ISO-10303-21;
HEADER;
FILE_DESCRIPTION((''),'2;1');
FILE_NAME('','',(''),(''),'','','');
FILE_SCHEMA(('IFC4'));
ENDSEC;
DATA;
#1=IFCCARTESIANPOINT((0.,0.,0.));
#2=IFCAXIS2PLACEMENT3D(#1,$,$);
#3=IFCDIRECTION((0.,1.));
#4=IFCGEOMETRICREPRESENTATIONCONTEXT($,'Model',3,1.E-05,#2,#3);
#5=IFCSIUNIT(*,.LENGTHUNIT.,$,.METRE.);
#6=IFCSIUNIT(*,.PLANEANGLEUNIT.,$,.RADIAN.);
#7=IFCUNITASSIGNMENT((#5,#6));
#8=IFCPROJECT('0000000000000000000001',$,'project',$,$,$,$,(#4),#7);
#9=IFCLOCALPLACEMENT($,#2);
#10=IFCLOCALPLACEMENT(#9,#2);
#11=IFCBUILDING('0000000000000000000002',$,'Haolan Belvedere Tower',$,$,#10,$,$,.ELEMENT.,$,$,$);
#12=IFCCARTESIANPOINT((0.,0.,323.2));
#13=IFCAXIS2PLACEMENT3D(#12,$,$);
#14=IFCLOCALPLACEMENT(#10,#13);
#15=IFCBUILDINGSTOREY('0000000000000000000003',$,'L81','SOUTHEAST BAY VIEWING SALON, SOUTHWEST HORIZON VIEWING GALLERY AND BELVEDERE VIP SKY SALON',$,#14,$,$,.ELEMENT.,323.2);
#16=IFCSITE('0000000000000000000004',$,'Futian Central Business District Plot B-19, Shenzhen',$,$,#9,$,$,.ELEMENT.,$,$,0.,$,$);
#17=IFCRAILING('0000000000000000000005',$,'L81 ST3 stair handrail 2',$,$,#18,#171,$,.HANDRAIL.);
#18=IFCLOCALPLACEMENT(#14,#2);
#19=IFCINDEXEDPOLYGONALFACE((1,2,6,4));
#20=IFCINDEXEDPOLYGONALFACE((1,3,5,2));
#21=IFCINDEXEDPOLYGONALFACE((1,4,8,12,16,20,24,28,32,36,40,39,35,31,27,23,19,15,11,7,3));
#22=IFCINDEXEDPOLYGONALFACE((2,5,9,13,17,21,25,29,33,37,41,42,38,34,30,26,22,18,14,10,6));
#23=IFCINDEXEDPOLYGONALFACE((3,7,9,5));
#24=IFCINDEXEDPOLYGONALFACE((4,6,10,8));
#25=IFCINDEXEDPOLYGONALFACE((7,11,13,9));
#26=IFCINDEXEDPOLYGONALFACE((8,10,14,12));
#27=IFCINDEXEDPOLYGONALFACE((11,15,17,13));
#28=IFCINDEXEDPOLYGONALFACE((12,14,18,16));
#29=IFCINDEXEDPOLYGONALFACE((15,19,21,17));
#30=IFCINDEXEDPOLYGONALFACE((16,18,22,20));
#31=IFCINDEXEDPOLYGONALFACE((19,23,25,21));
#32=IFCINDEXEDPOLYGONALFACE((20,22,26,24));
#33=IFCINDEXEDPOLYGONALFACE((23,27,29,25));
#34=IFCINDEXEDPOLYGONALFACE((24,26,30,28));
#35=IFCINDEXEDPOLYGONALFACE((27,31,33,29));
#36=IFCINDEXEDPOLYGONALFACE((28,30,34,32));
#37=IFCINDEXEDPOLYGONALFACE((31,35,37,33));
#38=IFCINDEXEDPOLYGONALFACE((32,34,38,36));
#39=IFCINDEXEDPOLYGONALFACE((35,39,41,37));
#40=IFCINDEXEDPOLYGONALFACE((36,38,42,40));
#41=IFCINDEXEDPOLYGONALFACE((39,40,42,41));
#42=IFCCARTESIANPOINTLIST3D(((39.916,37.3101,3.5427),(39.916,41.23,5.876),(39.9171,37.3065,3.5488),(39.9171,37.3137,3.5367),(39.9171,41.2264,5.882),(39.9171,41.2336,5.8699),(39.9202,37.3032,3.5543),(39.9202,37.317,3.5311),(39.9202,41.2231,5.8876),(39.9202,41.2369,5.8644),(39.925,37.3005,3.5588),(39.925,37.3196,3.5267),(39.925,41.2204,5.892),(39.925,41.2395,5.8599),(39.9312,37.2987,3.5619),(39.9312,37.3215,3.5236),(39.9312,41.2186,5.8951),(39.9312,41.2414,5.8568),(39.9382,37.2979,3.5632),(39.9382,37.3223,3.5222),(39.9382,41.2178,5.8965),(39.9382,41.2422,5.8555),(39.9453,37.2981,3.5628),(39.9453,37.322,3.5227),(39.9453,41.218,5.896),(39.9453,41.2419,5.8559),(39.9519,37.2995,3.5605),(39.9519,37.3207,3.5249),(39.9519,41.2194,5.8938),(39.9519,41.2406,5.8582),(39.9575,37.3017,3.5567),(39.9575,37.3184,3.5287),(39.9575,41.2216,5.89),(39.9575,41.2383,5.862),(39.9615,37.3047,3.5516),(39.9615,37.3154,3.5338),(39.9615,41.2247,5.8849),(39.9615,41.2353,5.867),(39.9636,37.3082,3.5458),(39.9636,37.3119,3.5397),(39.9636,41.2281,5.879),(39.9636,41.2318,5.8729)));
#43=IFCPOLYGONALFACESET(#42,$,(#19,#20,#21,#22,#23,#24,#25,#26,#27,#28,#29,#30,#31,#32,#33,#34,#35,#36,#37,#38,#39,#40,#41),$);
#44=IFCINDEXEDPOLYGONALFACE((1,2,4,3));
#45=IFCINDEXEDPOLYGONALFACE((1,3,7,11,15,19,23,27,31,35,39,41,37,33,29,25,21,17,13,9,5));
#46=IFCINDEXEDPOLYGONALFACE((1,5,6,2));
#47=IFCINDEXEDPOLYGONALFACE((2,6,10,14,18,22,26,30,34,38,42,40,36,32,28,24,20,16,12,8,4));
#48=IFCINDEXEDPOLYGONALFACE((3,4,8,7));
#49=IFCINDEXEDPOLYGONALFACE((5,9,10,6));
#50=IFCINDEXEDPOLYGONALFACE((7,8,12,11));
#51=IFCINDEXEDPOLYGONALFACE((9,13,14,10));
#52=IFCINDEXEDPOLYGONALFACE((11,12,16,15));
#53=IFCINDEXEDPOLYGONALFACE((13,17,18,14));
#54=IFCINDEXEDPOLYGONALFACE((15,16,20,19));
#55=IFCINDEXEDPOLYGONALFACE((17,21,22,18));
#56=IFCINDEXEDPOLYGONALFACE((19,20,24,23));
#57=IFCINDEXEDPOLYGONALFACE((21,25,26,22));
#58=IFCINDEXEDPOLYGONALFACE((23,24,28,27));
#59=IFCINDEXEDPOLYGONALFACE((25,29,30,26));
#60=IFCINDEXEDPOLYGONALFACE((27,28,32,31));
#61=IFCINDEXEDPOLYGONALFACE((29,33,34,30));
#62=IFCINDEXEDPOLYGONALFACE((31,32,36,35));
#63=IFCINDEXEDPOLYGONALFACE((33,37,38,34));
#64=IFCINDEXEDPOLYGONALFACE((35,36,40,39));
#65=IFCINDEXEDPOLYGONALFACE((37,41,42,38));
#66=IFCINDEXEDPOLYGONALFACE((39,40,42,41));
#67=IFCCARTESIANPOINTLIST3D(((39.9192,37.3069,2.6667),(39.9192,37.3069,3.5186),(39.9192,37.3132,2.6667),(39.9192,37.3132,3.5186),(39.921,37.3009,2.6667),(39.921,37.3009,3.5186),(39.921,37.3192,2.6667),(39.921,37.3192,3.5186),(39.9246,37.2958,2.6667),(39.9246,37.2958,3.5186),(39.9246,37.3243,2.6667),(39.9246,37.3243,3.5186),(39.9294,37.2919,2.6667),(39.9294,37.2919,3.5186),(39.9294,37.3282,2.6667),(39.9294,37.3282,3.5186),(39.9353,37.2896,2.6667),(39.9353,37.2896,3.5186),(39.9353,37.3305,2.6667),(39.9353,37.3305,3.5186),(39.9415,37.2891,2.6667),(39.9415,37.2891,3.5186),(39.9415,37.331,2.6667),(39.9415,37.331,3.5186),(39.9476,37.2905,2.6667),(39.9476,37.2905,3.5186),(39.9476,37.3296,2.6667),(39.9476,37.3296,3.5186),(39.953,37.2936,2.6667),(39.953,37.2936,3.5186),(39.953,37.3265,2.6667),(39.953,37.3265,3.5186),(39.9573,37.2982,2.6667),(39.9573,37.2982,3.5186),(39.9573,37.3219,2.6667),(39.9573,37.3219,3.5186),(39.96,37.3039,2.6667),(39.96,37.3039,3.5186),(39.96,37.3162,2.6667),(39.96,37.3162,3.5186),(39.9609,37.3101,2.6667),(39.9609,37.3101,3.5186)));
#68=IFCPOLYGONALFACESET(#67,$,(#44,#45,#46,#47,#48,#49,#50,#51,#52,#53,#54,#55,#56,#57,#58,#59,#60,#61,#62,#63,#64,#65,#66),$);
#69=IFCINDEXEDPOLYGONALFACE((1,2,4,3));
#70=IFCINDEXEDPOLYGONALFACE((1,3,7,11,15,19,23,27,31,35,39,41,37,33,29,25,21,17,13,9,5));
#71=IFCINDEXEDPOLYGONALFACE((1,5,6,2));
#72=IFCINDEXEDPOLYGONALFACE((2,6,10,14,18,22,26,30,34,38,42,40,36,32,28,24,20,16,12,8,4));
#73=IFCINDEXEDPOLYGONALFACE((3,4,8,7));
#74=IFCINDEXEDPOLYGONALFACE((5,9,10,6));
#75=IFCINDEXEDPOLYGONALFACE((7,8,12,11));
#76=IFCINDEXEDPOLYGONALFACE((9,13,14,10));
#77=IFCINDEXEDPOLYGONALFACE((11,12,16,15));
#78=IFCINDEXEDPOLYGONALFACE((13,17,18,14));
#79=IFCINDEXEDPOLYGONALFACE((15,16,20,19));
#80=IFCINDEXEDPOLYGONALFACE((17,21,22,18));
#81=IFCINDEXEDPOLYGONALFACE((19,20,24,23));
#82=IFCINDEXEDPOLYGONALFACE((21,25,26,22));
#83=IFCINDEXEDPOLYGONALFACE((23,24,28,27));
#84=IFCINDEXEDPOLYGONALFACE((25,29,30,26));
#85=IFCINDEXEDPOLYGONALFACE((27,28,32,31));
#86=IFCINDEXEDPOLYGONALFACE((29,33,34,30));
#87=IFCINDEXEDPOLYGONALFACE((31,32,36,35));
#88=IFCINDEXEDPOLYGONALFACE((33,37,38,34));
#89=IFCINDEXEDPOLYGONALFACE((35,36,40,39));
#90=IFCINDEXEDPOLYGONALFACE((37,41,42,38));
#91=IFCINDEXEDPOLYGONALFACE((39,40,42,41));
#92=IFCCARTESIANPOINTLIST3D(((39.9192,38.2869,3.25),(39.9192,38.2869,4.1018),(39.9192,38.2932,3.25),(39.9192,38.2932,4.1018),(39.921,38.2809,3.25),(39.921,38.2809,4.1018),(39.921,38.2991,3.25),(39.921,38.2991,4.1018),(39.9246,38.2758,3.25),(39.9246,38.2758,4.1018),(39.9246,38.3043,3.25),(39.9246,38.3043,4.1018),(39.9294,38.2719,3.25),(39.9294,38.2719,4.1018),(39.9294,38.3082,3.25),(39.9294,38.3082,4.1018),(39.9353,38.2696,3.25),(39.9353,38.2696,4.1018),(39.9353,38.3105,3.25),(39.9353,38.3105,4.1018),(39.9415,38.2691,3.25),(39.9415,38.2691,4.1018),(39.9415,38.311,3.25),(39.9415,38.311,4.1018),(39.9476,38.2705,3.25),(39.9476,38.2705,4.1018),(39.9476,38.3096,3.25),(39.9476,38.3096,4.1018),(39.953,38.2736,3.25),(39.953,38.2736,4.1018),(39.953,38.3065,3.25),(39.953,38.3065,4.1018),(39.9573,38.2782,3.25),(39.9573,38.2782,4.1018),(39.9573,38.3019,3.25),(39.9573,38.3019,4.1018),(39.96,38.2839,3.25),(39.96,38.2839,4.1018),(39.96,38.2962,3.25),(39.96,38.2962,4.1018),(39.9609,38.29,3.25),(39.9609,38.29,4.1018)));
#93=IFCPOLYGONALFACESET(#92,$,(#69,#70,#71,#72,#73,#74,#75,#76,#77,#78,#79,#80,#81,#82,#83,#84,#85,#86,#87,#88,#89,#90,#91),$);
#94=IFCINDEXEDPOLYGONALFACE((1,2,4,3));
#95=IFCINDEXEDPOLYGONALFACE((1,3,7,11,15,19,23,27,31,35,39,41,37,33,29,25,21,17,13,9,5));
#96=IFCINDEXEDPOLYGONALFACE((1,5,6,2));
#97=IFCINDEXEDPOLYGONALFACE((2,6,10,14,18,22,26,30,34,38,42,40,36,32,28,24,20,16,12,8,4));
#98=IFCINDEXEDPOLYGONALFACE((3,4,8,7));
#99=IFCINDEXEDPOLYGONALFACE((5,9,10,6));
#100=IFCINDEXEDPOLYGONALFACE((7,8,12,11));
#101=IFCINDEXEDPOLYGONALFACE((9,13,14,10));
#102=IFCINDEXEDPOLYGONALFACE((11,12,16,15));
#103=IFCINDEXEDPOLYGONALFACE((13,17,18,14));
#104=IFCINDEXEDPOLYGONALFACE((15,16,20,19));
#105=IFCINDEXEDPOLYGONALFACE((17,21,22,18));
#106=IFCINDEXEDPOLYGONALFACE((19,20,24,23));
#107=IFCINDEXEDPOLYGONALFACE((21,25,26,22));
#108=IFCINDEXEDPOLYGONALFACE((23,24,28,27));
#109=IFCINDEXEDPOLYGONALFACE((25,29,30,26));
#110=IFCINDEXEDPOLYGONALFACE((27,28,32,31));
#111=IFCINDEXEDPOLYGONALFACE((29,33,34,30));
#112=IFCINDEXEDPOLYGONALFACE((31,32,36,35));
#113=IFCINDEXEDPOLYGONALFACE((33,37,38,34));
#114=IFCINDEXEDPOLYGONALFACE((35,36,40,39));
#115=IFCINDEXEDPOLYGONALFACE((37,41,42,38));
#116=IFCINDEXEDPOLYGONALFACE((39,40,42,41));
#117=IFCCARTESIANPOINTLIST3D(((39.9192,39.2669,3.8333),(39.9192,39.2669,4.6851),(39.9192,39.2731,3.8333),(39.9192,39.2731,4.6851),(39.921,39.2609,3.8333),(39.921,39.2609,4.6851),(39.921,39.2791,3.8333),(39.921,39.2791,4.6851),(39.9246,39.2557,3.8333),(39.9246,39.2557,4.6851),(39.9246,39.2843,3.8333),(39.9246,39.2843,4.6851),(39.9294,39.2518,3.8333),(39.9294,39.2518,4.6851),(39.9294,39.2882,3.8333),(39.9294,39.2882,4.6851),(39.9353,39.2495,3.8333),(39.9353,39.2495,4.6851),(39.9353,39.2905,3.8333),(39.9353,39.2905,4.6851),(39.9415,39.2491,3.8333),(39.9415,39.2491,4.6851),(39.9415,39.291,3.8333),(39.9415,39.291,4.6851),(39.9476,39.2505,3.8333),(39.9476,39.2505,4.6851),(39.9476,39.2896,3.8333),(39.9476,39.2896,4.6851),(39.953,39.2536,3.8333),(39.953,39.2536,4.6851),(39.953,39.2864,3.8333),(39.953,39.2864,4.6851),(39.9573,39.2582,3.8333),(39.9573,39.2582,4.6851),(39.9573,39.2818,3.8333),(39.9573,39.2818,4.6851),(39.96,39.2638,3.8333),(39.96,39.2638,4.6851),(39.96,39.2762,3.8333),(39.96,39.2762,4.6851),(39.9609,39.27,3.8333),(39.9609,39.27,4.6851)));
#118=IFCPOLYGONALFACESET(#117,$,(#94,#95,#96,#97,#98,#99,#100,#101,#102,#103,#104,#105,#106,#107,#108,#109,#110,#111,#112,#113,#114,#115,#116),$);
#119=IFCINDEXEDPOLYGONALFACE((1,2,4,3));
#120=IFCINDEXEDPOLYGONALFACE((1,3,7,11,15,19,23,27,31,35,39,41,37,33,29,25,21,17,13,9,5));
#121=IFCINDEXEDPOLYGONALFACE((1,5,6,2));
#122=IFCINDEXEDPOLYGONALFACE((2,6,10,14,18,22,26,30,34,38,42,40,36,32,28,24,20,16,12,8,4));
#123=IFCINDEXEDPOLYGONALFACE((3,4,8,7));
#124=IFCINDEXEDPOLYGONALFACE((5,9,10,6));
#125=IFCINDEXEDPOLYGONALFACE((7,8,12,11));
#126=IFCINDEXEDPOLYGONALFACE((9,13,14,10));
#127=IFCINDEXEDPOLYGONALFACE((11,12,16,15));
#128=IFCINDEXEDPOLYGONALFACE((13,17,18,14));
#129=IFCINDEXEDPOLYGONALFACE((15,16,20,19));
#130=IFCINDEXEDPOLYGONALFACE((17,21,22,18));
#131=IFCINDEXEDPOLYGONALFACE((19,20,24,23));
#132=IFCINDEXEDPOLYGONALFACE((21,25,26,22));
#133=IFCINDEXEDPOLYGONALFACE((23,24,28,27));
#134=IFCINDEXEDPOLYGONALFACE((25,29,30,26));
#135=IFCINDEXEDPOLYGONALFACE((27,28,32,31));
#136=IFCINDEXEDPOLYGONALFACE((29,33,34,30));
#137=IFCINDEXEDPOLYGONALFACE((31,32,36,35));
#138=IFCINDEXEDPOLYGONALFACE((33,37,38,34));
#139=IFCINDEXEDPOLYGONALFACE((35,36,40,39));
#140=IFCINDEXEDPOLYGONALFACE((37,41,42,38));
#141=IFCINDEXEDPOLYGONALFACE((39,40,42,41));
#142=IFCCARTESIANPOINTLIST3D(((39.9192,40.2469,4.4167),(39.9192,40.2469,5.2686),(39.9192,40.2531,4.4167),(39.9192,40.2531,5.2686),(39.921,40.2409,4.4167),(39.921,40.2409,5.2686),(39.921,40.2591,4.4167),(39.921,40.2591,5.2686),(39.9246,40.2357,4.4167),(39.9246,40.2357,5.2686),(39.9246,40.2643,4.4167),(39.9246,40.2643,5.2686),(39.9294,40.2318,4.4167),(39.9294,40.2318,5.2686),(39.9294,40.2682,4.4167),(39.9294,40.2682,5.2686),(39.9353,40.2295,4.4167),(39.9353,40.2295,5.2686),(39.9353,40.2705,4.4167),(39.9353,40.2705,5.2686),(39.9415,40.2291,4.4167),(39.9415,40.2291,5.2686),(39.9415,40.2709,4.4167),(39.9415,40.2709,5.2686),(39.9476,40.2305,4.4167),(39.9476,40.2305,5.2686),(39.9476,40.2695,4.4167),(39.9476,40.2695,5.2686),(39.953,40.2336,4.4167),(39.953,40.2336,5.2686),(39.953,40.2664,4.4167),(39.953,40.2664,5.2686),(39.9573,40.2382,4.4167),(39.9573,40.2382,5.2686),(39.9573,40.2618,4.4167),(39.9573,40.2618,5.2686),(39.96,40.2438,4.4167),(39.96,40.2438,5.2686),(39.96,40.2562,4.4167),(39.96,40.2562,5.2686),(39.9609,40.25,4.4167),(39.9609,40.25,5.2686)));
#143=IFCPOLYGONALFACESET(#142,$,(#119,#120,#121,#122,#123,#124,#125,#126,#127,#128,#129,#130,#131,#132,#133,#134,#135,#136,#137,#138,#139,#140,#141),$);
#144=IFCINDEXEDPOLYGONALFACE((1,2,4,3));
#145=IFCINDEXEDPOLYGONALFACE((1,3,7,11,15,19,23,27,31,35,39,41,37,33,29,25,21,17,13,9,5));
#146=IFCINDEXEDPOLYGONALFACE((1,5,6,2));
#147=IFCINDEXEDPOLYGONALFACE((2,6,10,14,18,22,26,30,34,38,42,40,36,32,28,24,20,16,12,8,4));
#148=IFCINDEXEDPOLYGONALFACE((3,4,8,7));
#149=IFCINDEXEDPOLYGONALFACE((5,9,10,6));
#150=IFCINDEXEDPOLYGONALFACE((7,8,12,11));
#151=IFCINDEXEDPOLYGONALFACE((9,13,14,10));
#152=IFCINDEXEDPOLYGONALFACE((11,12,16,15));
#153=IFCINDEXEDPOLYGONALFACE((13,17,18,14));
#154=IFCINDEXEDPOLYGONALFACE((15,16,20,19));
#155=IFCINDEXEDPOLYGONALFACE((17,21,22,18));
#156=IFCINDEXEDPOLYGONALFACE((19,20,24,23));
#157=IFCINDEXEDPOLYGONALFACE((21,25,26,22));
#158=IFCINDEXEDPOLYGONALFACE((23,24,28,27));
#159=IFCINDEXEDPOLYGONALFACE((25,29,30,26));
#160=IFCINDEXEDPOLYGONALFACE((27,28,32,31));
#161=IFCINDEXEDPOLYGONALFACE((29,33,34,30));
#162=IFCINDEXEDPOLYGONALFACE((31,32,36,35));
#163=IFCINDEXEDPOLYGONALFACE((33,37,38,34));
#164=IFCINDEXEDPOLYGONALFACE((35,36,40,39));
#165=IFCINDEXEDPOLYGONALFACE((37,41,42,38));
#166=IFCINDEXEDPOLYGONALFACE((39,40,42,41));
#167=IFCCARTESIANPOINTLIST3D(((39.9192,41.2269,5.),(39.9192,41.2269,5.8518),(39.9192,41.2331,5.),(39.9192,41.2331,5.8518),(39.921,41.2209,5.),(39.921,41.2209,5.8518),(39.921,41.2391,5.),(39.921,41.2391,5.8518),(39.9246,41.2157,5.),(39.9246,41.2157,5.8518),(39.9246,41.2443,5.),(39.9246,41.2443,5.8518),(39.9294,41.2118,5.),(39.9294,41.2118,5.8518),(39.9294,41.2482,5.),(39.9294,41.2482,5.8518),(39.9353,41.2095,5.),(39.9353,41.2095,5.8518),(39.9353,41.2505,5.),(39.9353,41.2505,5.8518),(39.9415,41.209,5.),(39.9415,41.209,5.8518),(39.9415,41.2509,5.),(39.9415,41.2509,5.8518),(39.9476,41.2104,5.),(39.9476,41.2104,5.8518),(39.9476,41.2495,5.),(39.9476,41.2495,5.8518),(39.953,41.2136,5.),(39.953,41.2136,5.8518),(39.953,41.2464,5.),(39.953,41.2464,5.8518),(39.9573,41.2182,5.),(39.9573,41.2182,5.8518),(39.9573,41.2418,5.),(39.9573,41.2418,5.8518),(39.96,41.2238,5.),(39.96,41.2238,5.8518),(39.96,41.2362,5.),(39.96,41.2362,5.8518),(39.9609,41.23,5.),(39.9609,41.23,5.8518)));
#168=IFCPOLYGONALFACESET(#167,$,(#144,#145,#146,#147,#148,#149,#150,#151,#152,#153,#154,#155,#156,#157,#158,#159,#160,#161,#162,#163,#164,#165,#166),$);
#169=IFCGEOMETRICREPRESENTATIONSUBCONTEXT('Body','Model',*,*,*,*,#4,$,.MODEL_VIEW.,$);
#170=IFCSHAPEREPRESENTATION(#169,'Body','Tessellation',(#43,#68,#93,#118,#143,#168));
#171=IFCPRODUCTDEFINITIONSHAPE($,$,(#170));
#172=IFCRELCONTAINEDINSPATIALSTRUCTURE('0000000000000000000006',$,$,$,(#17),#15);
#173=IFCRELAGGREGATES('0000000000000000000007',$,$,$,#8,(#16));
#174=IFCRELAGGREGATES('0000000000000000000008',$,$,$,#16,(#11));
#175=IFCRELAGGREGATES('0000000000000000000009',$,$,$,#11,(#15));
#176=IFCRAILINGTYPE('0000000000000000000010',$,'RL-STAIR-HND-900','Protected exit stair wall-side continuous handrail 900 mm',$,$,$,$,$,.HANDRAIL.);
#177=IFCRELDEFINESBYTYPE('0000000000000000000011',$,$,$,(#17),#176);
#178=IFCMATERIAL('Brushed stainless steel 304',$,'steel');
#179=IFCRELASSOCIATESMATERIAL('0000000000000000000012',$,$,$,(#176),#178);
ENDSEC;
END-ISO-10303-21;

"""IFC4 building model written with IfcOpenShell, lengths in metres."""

from ifc_helpers import new_model, si_unit, direction, frame, origin, origin_2d, place, context, subcontext, project, spatial, circle, extrude, material, type_object, element, save


model = new_model("IFC4")

# Units and contexts
model_context = context("Model", 3, precision=1e-05, world=origin(), true_north=direction((0.0, 1.0)))
body_context = subcontext(model_context, "Body", "Model", "MODEL_VIEW")
ifc_project = project(units=[si_unit("LENGTHUNIT", "METRE"), si_unit("PLANEANGLEUNIT", "RADIAN")], contexts=[model_context])

# Site, building, storey
site_placement = place(None, origin())
site = spatial("IfcSite", under=ifc_project, at=site_placement, Name="Futian Central Business District Plot B-19, Shenzhen", CompositionType="ELEMENT", RefElevation=0.0)
building_placement = place(site_placement, origin())
building = spatial("IfcBuilding", under=site, at=building_placement, Name="Haolan Belvedere Tower", CompositionType="ELEMENT")
storey_placement = place(building_placement, frame((0.0, 0.0, 323.2)))
storey = spatial("IfcBuildingStorey", under=building, at=storey_placement, Name="L81", Description="SOUTHEAST BAY VIEWING SALON, SOUTHWEST HORIZON VIEWING GALLERY AND BELVEDERE VIP SKY SALON", CompositionType="ELEMENT", Elevation=323.2)

# Railing
ifc_material_1 = material(Name="Brushed stainless steel 304", Category="steel")
railing_type_1 = type_object("IfcRailingType", Name="RL-STAIR-HND-900", Description="Protected exit stair wall-side continuous handrail 900 mm", PredefinedType="HANDRAIL", material=ifc_material_1)
for number, where, name in (
    (1, (39.9399, 37.3101, 2.6667), "L81 ST3 stair handrail 2"),
):
    element("IfcRailing", number, at=place(storey_placement, frame(where)), inside=storey, type_object=railing_type_1, Name=name, PredefinedType="HANDRAIL", context=body_context, shape_type="SweptSolid", body=[
        extrude(circle(Radius=0.0239, at=origin_2d()), frame((0.0, 0.0, 0.876), z_axis=(0.0, 0.859296, 0.511478), x_axis=(-1.0, 0.0, 0.0)), (0.0, 0.0, 1.0), 4.5618),
        extrude(circle(Radius=0.021, at=origin_2d()), origin(), (0.0, 0.0, 1.0), 0.8518),
        extrude(circle(Radius=0.021, at=origin_2d()), frame((0.0, 0.98, 0.5833)), (0.0, 0.0, 1.0), 0.8518),
        extrude(circle(Radius=0.021, at=origin_2d()), frame((0.0, 1.96, 1.1665)), (0.0, 0.0, 1.0), 0.8518),
        extrude(circle(Radius=0.021, at=origin_2d()), frame((0.0, 2.9399, 1.75)), (0.0, 0.0, 1.0), 0.8518),
        extrude(circle(Radius=0.021, at=origin_2d()), frame((0.0, 3.9199, 2.3333)), (0.0, 0.0, 1.0), 0.8518),
    ])

save(model, "model.ifc")
